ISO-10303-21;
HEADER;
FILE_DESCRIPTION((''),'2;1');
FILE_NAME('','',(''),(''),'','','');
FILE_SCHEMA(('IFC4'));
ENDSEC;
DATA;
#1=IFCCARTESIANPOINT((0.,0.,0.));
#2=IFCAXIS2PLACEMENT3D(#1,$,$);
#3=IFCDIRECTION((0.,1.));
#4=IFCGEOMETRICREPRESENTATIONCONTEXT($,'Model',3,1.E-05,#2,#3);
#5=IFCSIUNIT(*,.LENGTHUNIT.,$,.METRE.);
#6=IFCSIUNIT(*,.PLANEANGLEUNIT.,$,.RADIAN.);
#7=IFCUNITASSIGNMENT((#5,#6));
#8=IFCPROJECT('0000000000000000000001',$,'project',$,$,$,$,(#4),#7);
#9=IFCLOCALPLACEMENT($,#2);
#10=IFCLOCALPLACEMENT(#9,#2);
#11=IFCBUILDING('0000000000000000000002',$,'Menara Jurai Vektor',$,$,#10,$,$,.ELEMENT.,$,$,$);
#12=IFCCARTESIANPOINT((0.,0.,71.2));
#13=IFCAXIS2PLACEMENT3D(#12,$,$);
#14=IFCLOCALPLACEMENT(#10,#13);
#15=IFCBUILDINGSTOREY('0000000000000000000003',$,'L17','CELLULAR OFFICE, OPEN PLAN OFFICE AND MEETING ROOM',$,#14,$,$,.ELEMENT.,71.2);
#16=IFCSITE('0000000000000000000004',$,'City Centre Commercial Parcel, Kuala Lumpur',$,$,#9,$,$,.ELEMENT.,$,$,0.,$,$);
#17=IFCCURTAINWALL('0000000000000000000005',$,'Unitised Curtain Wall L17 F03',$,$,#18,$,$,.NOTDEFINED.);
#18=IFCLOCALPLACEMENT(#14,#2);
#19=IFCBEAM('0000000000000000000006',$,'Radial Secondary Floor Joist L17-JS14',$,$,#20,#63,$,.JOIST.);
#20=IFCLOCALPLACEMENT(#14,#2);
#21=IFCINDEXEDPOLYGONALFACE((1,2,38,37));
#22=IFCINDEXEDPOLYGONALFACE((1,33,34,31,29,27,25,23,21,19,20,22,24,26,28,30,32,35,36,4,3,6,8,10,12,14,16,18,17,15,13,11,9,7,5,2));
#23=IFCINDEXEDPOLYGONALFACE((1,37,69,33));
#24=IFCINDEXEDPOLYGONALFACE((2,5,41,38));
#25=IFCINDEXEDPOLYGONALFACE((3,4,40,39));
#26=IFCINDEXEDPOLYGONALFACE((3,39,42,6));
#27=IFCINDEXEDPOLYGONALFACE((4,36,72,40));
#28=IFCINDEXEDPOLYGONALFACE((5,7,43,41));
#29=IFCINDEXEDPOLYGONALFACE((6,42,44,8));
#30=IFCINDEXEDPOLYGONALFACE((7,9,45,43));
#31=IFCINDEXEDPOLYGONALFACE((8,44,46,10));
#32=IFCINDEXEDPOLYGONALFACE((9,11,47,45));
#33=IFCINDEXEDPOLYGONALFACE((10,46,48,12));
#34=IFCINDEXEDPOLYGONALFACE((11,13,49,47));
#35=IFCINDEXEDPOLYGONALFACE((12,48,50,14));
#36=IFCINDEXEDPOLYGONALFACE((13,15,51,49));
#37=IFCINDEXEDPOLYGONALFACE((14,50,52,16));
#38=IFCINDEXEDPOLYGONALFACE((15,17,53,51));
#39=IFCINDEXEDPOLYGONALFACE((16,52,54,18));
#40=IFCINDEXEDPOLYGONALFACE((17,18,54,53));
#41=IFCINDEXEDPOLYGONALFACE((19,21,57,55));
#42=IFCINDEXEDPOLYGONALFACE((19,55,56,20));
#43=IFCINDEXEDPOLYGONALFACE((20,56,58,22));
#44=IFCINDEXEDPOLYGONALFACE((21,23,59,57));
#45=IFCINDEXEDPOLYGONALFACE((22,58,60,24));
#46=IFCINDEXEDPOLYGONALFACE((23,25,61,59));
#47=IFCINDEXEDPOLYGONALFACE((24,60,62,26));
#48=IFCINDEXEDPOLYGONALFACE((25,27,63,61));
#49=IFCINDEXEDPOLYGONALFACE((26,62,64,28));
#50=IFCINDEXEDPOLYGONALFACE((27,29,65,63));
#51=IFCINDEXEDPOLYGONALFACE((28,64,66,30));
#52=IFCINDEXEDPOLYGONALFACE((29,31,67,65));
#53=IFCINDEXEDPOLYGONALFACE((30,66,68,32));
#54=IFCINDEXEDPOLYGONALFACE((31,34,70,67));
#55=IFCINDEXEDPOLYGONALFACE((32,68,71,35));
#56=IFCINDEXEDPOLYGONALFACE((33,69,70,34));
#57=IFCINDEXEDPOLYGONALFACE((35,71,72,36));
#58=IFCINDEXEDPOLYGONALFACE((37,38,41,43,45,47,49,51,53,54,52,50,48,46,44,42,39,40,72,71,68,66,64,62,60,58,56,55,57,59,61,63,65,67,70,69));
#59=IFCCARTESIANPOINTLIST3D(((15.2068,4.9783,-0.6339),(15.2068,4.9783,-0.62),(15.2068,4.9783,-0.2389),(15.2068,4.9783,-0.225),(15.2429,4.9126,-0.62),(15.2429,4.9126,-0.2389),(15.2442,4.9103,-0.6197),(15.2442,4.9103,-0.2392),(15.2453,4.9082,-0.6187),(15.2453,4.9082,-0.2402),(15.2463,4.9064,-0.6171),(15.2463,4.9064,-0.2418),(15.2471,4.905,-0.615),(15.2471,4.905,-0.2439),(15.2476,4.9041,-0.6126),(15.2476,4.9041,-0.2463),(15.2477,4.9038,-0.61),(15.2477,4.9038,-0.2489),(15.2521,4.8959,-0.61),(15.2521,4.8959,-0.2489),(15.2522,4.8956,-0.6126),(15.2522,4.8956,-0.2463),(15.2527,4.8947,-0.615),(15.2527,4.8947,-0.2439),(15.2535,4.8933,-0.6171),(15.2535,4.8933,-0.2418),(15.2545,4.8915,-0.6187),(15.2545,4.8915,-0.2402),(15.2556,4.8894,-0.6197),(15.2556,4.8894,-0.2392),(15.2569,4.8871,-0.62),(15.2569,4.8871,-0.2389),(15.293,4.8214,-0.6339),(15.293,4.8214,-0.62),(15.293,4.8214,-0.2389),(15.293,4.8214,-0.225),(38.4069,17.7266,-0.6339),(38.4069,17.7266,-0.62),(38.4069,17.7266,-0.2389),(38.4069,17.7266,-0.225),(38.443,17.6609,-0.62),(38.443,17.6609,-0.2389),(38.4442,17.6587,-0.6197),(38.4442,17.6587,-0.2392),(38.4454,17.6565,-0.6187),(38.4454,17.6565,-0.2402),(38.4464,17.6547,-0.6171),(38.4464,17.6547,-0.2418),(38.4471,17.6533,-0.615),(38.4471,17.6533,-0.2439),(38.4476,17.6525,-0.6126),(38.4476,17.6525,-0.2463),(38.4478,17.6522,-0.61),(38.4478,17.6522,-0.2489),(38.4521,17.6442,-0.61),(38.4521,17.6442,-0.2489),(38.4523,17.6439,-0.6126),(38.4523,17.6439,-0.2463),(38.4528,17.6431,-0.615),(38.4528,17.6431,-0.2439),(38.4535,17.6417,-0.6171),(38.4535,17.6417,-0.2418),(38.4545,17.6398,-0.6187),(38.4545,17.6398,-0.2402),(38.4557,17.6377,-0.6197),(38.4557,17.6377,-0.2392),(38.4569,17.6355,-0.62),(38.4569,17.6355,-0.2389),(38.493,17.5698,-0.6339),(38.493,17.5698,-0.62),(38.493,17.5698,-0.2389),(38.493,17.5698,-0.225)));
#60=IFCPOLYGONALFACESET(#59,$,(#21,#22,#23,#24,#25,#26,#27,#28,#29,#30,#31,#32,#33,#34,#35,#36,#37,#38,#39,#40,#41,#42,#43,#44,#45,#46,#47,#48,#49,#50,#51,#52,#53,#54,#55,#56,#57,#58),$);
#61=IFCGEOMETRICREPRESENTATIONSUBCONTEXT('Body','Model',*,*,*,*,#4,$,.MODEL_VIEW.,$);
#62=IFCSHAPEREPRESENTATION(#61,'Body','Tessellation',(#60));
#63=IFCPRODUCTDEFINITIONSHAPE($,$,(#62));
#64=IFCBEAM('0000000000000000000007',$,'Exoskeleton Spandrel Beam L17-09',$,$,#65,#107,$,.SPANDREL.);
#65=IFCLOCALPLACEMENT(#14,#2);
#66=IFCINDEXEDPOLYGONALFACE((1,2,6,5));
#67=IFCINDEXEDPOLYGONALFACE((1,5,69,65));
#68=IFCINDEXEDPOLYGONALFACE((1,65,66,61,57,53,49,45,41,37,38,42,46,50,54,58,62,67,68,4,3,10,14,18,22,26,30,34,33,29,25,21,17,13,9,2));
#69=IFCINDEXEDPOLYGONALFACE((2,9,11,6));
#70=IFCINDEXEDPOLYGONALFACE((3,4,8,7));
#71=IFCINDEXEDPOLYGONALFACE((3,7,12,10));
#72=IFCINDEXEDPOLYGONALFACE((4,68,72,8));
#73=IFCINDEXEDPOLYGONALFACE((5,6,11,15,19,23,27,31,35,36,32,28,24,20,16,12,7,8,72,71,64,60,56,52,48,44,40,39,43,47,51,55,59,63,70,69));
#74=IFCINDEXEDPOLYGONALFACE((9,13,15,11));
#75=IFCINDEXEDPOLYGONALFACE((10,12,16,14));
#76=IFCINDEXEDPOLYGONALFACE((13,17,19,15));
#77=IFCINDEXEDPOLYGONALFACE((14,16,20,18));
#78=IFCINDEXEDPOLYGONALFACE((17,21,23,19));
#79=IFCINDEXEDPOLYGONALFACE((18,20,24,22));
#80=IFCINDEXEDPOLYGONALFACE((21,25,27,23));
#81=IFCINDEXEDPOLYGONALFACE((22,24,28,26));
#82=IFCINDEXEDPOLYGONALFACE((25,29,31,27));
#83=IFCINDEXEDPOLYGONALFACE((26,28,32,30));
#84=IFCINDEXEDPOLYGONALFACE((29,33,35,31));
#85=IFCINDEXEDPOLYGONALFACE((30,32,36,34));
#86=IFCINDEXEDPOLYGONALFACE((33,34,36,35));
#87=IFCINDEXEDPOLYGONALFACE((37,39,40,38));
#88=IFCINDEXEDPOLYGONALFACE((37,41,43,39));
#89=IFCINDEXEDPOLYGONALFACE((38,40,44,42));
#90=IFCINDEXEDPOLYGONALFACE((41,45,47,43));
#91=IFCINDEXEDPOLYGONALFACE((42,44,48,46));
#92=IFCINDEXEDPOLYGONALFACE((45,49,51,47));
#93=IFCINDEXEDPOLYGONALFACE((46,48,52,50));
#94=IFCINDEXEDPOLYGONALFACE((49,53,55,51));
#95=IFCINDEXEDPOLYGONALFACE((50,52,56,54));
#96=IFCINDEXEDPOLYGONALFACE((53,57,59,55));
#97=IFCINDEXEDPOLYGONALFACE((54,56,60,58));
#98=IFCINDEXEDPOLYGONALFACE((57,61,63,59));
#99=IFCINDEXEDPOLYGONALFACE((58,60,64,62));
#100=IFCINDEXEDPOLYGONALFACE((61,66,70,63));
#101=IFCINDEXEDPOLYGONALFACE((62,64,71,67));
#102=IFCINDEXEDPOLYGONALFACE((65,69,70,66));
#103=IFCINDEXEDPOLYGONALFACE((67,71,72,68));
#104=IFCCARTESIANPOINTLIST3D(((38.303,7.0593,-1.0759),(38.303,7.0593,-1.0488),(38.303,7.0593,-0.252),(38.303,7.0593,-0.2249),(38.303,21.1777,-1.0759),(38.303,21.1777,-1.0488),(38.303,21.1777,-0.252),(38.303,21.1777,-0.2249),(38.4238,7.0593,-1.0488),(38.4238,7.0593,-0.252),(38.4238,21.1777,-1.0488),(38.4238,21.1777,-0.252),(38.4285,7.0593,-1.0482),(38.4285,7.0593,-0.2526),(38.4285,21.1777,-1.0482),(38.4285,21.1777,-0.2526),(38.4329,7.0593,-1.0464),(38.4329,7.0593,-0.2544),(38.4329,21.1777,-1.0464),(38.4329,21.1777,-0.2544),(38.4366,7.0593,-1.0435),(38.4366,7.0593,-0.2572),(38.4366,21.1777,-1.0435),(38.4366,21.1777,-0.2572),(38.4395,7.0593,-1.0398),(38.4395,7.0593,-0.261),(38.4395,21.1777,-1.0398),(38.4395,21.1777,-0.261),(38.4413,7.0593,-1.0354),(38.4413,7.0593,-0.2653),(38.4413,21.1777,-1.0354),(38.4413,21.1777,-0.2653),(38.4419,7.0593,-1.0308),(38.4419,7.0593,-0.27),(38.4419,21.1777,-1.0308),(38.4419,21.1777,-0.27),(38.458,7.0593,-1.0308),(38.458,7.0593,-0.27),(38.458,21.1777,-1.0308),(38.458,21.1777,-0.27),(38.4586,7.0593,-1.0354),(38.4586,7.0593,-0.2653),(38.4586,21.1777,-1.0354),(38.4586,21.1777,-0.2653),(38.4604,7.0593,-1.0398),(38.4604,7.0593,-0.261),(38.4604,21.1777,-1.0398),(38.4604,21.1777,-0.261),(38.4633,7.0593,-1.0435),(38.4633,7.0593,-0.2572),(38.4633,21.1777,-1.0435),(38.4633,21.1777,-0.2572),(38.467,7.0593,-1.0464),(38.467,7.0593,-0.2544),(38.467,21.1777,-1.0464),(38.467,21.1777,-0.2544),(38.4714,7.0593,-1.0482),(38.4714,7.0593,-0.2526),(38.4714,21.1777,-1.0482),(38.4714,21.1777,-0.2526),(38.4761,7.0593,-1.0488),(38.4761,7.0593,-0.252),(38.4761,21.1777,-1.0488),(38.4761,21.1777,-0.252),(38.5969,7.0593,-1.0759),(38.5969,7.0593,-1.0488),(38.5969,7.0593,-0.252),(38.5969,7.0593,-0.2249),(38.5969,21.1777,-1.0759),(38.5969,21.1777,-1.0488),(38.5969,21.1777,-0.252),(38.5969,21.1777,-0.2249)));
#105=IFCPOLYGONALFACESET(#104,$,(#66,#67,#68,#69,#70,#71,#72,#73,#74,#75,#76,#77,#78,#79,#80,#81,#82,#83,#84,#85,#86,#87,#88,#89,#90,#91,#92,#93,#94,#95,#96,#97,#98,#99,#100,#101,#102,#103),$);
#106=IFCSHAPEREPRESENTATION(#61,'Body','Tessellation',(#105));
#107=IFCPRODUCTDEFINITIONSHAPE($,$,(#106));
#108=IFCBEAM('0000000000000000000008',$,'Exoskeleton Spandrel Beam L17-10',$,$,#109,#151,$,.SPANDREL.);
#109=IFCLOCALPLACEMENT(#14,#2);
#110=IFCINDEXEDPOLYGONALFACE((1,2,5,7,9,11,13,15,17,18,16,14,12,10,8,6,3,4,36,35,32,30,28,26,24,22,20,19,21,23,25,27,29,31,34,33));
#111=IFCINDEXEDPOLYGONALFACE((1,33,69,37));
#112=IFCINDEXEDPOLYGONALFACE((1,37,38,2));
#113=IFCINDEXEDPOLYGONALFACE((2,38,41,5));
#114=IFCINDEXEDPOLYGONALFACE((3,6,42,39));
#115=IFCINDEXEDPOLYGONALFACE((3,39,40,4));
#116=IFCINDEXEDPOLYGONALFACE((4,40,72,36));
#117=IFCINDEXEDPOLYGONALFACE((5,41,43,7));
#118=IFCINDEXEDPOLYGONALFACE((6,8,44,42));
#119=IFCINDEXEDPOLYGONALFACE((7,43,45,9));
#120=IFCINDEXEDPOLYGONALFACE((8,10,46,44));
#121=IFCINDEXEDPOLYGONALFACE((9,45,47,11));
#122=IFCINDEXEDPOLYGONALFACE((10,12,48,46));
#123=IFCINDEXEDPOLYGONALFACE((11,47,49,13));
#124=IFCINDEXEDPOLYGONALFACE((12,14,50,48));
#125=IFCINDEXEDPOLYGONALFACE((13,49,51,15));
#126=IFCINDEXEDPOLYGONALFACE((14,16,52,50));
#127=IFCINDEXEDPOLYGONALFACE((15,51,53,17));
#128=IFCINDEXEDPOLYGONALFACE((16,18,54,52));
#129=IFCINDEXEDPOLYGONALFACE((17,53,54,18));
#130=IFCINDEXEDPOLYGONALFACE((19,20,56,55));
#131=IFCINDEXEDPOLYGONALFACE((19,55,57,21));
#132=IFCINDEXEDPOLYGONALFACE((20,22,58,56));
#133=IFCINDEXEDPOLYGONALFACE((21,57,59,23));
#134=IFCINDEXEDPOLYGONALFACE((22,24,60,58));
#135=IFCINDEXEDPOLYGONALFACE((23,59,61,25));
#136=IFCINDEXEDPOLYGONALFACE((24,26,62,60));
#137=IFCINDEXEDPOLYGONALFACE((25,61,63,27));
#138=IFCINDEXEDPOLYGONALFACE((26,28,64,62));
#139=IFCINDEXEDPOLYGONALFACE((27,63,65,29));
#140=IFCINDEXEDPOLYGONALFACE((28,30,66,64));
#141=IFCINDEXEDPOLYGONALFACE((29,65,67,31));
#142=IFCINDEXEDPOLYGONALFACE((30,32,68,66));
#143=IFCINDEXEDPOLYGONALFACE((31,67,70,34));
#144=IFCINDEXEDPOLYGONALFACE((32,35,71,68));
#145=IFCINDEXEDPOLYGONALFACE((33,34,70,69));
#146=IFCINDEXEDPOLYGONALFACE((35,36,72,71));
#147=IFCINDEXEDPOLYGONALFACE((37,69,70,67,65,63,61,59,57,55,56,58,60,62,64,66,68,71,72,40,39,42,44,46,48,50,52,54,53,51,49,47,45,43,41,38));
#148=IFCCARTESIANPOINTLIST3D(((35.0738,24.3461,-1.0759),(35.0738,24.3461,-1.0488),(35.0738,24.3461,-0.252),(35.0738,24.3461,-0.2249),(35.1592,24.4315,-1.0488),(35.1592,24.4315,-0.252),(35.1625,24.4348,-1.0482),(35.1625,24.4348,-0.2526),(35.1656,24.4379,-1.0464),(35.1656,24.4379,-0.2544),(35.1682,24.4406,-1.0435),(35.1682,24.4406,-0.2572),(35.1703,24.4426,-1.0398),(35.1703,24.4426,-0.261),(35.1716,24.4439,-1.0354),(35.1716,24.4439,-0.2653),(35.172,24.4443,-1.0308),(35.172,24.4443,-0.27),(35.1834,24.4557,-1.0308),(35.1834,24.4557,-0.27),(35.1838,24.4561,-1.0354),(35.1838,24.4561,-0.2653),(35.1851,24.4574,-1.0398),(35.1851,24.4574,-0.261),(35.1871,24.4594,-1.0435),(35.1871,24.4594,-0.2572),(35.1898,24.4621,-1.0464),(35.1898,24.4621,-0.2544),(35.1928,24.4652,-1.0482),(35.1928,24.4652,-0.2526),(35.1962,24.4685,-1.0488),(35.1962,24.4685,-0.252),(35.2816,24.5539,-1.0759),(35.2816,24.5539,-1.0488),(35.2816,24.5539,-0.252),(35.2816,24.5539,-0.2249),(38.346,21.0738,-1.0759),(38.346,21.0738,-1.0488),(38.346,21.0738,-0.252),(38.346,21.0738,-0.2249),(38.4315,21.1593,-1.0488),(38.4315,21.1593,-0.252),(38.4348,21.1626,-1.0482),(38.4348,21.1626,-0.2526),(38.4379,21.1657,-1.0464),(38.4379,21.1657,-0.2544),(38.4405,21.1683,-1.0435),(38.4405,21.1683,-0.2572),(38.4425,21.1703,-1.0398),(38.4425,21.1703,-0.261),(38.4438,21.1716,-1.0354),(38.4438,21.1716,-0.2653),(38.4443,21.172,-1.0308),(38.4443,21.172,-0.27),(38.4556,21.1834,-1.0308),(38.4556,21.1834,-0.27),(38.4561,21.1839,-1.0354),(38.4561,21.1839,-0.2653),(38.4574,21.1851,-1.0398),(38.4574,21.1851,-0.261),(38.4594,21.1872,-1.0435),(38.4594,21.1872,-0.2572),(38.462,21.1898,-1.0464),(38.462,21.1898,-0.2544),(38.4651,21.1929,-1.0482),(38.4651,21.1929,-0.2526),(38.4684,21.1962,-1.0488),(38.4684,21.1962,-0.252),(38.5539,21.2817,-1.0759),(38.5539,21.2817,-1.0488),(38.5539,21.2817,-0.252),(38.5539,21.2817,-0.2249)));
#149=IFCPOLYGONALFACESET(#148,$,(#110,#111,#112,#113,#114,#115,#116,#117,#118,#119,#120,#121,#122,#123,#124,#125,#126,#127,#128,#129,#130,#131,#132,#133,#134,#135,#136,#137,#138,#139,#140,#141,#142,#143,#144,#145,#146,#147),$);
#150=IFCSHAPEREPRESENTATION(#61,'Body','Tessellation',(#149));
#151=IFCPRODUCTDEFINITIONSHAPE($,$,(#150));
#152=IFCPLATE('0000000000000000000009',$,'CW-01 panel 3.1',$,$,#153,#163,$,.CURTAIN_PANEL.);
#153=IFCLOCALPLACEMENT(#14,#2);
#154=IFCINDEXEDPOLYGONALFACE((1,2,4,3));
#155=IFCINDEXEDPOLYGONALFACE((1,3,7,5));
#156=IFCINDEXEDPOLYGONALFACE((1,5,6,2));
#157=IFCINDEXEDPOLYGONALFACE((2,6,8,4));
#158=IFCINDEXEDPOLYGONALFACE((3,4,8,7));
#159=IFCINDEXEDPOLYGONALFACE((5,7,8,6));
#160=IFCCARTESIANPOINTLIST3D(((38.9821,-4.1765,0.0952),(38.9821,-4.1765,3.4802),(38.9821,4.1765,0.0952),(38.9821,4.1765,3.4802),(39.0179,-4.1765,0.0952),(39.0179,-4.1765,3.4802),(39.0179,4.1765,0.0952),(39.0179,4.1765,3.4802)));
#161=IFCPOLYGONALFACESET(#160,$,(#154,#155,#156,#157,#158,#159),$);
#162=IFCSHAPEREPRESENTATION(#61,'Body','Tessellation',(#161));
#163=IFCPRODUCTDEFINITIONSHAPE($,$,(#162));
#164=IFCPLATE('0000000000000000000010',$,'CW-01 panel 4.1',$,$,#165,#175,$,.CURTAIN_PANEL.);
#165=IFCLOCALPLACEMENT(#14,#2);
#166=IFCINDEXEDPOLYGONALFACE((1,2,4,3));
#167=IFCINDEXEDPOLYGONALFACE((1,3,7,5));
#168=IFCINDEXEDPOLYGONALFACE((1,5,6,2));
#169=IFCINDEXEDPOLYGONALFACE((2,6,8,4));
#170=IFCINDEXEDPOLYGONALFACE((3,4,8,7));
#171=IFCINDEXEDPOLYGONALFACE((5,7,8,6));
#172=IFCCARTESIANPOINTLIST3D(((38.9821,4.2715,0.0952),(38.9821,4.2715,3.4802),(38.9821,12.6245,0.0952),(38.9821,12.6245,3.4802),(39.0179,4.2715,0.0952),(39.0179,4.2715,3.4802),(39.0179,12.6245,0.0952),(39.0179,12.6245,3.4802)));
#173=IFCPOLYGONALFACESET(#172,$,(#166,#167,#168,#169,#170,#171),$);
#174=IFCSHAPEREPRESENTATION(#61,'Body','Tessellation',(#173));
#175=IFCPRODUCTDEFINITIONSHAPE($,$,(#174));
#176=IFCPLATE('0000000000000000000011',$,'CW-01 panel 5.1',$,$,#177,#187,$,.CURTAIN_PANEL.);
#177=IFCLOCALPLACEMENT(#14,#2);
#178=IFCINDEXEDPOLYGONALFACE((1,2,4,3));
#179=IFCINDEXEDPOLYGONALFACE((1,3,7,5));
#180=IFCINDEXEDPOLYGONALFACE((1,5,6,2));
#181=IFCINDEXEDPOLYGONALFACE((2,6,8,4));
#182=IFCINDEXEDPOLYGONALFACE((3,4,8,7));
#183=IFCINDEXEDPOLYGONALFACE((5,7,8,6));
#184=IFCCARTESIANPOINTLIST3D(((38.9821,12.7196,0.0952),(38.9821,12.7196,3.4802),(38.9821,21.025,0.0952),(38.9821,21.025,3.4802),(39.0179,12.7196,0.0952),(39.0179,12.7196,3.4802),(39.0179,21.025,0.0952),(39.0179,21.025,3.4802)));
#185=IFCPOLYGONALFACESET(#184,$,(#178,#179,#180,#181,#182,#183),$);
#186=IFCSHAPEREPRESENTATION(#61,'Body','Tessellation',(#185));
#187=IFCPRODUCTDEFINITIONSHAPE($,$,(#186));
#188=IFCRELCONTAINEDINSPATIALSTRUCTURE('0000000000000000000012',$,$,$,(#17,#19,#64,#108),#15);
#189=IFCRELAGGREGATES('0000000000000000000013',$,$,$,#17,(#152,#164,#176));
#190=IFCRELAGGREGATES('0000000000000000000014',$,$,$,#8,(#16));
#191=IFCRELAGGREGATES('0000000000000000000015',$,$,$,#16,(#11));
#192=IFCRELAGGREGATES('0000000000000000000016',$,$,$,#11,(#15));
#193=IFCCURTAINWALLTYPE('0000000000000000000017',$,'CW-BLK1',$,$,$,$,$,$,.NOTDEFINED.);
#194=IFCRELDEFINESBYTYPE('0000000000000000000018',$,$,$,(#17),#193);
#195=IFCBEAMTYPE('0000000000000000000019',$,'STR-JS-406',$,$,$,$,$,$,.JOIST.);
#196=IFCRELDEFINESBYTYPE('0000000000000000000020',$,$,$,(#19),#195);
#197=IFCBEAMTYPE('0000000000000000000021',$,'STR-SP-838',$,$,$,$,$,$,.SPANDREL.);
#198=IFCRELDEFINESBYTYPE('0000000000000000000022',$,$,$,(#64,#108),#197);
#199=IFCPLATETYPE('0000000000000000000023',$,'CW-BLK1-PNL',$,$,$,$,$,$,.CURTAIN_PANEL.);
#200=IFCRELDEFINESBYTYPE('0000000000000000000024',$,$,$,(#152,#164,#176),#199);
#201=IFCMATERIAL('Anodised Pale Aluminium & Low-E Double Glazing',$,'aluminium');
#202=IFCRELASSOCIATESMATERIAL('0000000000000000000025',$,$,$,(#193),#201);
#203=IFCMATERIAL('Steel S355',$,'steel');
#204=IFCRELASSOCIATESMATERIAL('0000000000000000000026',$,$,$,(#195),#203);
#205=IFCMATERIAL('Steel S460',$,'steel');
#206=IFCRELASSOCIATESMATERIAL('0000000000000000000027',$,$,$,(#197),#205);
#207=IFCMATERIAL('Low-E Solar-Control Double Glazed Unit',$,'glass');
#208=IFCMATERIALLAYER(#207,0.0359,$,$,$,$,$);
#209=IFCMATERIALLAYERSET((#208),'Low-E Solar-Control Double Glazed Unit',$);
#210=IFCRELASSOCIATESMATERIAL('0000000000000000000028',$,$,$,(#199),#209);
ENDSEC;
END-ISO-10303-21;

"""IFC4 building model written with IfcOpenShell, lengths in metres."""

from ifc_helpers import new_model, si_unit, direction, frame, origin, origin_2d, place, context, subcontext, project, spatial, rectangle, i_section, extrude, material, layer, layer_set, material_profile, profile_set, type_object, element, aggregate, save


model = new_model("IFC4")

# Units and contexts
model_context = context("Model", 3, precision=1e-05, world=origin(), true_north=direction((0.0, 1.0)))
body_context = subcontext(model_context, "Body", "Model", "MODEL_VIEW")
ifc_project = project(units=[si_unit("LENGTHUNIT", "METRE"), si_unit("PLANEANGLEUNIT", "RADIAN")], contexts=[model_context])

# Site, building, storey
site_placement = place(None, origin())
site = spatial("IfcSite", under=ifc_project, at=site_placement, Name="City Centre Commercial Parcel, Kuala Lumpur", CompositionType="ELEMENT", RefElevation=0.0)
building_placement = place(site_placement, origin())
building = spatial("IfcBuilding", under=site, at=building_placement, Name="Menara Jurai Vektor", CompositionType="ELEMENT")
storey_placement = place(building_placement, frame((0.0, 0.0, 71.2)))
storey = spatial("IfcBuildingStorey", under=building, at=storey_placement, Name="L17", Description="CELLULAR OFFICE, OPEN PLAN OFFICE AND MEETING ROOM", CompositionType="ELEMENT", Elevation=71.2)

# Shared definitions
ifc_material_1 = material(Name="Steel S460", Category="steel")

# Curtain wall
ifc_material_2 = material(Name="Anodised Pale Aluminium & Low-E Double Glazing", Category="aluminium")
curtain_wall_type = type_object("IfcCurtainWallType", Name="CW-BLK1", PredefinedType="NOTDEFINED", material=ifc_material_2)
curtain_wall_placement = place(storey_placement, origin())
curtain_wall = element("IfcCurtainWall", 1, at=curtain_wall_placement, inside=storey, type_object=curtain_wall_type, Name="Unitised Curtain Wall L17 F03", PredefinedType="NOTDEFINED")

# Beams
ifc_material_3 = material(Name="Steel S355", Category="steel")
ifc_material_profile_1 = material_profile(ifc_material_3, i_section(OverallWidth=0.179, OverallDepth=0.4089, WebThickness=0.009, FlangeThickness=0.0139, FilletRadius=0.01, at=origin_2d()), Name="UKB 406x178x67")
ifc_profile_set_1 = profile_set([ifc_material_profile_1], Name="Steel S355")
beam_type_1 = type_object("IfcBeamType", Name="STR-JS-406", PredefinedType="JOIST", material=ifc_profile_set_1)
beam_1_placement = place(storey_placement, frame((38.45, 17.6482, -0.4294), z_axis=(-0.876402, -0.48158, 0.0), x_axis=(0.48158, -0.876402, 0.0)))
element("IfcBeam", 2, at=beam_1_placement, inside=storey, type_object=beam_type_1, Name="Radial Secondary Floor Joist L17-JS14", PredefinedType="JOIST", context=body_context, shape_type="SweptSolid", body=[
    extrude(i_section(OverallWidth=0.179, OverallDepth=0.4089, WebThickness=0.009, FlangeThickness=0.0139, FilletRadius=0.01, at=origin_2d()), origin(), (0.0, 0.0, 1.0), 26.4719),
])
ifc_material_profile_2 = material_profile(ifc_material_1, i_section(OverallWidth=0.2939, OverallDepth=0.8511, WebThickness=0.0161, FlangeThickness=0.0271, FilletRadius=0.0181, at=origin_2d()), Name="UKB 838x292x226")
ifc_profile_set_2 = profile_set([ifc_material_profile_2], Name="Steel S460")
beam_type_2 = type_object("IfcBeamType", Name="STR-SP-838", PredefinedType="SPANDREL", material=ifc_profile_set_2)
beam_2_placement = place(storey_placement, frame((38.45, 7.0593, -0.6504), z_axis=(0.0, 1.0, 0.0), x_axis=(-1.0, 0.0, 0.0)))
element("IfcBeam", 3, at=beam_2_placement, inside=storey, type_object=beam_type_2, Name="Exoskeleton Spandrel Beam L17-09", PredefinedType="SPANDREL", context=body_context, shape_type="SweptSolid", body=[
    extrude(i_section(OverallWidth=0.2939, OverallDepth=0.8511, WebThickness=0.0161, FlangeThickness=0.0271, FilletRadius=0.0181, at=origin_2d()), origin(), (0.0, 0.0, 1.0), 14.1184),
])
beam_3_placement = place(storey_placement, frame((38.45, 21.1777, -0.6504), z_axis=(-0.707107, 0.707107, 0.0), x_axis=(-0.707107, -0.707107, 0.0)))
element("IfcBeam", 4, at=beam_3_placement, inside=storey, type_object=beam_type_2, Name="Exoskeleton Spandrel Beam L17-10", PredefinedType="SPANDREL", context=body_context, shape_type="SweptSolid", body=[
    extrude(i_section(OverallWidth=0.2939, OverallDepth=0.8511, WebThickness=0.0161, FlangeThickness=0.0271, FilletRadius=0.0181, at=origin_2d()), origin(), (0.0, 0.0, 1.0), 4.6277),
])

# Plates
ifc_material_4 = material(Name="Low-E Solar-Control Double Glazed Unit", Category="glass")
ifc_layer_1 = layer(ifc_material_4, 0.0359)
ifc_layer_set_1 = layer_set([ifc_layer_1], Name="Low-E Solar-Control Double Glazed Unit")
plate_type_1 = type_object("IfcPlateType", Name="CW-BLK1-PNL", PredefinedType="CURTAIN_PANEL", material=ifc_layer_set_1)
plate_1_placement = place(storey_placement, frame((39.0, 0.0, 0.0952), z_axis=(0.0, 0.0, 1.0), x_axis=(0.0, 1.0, 0.0)))
plate_1 = element("IfcPlate", 5, at=plate_1_placement, type_object=plate_type_1, Name="CW-01 panel 3.1", PredefinedType="CURTAIN_PANEL", context=body_context, shape_type="SweptSolid", body=[
    extrude(rectangle(XDim=8.353, YDim=0.0359, at=origin_2d()), origin(), (0.0, 0.0, 1.0), 3.385),
])
plate_2_placement = place(storey_placement, frame((39.0, 8.448, 0.0952), z_axis=(0.0, 0.0, 1.0), x_axis=(0.0, 1.0, 0.0)))
plate_2 = element("IfcPlate", 6, at=plate_2_placement, type_object=plate_type_1, Name="CW-01 panel 4.1", PredefinedType="CURTAIN_PANEL", context=body_context, shape_type="SweptSolid", body=[
    extrude(rectangle(XDim=8.353, YDim=0.0359, at=origin_2d()), origin(), (0.0, 0.0, 1.0), 3.385),
])
plate_3_placement = place(storey_placement, frame((39.0, 16.8723, 0.0952), z_axis=(0.0, 0.0, 1.0), x_axis=(0.0, 1.0, 0.0)))
plate_3 = element("IfcPlate", 7, at=plate_3_placement, type_object=plate_type_1, Name="CW-01 panel 5.1", PredefinedType="CURTAIN_PANEL", context=body_context, shape_type="SweptSolid", body=[
    extrude(rectangle(XDim=8.3054, YDim=0.0359, at=origin_2d()), origin(), (0.0, 0.0, 1.0), 3.385),
])
aggregate(curtain_wall, [plate_1, plate_2, plate_3])

save(model, "model.ifc")
